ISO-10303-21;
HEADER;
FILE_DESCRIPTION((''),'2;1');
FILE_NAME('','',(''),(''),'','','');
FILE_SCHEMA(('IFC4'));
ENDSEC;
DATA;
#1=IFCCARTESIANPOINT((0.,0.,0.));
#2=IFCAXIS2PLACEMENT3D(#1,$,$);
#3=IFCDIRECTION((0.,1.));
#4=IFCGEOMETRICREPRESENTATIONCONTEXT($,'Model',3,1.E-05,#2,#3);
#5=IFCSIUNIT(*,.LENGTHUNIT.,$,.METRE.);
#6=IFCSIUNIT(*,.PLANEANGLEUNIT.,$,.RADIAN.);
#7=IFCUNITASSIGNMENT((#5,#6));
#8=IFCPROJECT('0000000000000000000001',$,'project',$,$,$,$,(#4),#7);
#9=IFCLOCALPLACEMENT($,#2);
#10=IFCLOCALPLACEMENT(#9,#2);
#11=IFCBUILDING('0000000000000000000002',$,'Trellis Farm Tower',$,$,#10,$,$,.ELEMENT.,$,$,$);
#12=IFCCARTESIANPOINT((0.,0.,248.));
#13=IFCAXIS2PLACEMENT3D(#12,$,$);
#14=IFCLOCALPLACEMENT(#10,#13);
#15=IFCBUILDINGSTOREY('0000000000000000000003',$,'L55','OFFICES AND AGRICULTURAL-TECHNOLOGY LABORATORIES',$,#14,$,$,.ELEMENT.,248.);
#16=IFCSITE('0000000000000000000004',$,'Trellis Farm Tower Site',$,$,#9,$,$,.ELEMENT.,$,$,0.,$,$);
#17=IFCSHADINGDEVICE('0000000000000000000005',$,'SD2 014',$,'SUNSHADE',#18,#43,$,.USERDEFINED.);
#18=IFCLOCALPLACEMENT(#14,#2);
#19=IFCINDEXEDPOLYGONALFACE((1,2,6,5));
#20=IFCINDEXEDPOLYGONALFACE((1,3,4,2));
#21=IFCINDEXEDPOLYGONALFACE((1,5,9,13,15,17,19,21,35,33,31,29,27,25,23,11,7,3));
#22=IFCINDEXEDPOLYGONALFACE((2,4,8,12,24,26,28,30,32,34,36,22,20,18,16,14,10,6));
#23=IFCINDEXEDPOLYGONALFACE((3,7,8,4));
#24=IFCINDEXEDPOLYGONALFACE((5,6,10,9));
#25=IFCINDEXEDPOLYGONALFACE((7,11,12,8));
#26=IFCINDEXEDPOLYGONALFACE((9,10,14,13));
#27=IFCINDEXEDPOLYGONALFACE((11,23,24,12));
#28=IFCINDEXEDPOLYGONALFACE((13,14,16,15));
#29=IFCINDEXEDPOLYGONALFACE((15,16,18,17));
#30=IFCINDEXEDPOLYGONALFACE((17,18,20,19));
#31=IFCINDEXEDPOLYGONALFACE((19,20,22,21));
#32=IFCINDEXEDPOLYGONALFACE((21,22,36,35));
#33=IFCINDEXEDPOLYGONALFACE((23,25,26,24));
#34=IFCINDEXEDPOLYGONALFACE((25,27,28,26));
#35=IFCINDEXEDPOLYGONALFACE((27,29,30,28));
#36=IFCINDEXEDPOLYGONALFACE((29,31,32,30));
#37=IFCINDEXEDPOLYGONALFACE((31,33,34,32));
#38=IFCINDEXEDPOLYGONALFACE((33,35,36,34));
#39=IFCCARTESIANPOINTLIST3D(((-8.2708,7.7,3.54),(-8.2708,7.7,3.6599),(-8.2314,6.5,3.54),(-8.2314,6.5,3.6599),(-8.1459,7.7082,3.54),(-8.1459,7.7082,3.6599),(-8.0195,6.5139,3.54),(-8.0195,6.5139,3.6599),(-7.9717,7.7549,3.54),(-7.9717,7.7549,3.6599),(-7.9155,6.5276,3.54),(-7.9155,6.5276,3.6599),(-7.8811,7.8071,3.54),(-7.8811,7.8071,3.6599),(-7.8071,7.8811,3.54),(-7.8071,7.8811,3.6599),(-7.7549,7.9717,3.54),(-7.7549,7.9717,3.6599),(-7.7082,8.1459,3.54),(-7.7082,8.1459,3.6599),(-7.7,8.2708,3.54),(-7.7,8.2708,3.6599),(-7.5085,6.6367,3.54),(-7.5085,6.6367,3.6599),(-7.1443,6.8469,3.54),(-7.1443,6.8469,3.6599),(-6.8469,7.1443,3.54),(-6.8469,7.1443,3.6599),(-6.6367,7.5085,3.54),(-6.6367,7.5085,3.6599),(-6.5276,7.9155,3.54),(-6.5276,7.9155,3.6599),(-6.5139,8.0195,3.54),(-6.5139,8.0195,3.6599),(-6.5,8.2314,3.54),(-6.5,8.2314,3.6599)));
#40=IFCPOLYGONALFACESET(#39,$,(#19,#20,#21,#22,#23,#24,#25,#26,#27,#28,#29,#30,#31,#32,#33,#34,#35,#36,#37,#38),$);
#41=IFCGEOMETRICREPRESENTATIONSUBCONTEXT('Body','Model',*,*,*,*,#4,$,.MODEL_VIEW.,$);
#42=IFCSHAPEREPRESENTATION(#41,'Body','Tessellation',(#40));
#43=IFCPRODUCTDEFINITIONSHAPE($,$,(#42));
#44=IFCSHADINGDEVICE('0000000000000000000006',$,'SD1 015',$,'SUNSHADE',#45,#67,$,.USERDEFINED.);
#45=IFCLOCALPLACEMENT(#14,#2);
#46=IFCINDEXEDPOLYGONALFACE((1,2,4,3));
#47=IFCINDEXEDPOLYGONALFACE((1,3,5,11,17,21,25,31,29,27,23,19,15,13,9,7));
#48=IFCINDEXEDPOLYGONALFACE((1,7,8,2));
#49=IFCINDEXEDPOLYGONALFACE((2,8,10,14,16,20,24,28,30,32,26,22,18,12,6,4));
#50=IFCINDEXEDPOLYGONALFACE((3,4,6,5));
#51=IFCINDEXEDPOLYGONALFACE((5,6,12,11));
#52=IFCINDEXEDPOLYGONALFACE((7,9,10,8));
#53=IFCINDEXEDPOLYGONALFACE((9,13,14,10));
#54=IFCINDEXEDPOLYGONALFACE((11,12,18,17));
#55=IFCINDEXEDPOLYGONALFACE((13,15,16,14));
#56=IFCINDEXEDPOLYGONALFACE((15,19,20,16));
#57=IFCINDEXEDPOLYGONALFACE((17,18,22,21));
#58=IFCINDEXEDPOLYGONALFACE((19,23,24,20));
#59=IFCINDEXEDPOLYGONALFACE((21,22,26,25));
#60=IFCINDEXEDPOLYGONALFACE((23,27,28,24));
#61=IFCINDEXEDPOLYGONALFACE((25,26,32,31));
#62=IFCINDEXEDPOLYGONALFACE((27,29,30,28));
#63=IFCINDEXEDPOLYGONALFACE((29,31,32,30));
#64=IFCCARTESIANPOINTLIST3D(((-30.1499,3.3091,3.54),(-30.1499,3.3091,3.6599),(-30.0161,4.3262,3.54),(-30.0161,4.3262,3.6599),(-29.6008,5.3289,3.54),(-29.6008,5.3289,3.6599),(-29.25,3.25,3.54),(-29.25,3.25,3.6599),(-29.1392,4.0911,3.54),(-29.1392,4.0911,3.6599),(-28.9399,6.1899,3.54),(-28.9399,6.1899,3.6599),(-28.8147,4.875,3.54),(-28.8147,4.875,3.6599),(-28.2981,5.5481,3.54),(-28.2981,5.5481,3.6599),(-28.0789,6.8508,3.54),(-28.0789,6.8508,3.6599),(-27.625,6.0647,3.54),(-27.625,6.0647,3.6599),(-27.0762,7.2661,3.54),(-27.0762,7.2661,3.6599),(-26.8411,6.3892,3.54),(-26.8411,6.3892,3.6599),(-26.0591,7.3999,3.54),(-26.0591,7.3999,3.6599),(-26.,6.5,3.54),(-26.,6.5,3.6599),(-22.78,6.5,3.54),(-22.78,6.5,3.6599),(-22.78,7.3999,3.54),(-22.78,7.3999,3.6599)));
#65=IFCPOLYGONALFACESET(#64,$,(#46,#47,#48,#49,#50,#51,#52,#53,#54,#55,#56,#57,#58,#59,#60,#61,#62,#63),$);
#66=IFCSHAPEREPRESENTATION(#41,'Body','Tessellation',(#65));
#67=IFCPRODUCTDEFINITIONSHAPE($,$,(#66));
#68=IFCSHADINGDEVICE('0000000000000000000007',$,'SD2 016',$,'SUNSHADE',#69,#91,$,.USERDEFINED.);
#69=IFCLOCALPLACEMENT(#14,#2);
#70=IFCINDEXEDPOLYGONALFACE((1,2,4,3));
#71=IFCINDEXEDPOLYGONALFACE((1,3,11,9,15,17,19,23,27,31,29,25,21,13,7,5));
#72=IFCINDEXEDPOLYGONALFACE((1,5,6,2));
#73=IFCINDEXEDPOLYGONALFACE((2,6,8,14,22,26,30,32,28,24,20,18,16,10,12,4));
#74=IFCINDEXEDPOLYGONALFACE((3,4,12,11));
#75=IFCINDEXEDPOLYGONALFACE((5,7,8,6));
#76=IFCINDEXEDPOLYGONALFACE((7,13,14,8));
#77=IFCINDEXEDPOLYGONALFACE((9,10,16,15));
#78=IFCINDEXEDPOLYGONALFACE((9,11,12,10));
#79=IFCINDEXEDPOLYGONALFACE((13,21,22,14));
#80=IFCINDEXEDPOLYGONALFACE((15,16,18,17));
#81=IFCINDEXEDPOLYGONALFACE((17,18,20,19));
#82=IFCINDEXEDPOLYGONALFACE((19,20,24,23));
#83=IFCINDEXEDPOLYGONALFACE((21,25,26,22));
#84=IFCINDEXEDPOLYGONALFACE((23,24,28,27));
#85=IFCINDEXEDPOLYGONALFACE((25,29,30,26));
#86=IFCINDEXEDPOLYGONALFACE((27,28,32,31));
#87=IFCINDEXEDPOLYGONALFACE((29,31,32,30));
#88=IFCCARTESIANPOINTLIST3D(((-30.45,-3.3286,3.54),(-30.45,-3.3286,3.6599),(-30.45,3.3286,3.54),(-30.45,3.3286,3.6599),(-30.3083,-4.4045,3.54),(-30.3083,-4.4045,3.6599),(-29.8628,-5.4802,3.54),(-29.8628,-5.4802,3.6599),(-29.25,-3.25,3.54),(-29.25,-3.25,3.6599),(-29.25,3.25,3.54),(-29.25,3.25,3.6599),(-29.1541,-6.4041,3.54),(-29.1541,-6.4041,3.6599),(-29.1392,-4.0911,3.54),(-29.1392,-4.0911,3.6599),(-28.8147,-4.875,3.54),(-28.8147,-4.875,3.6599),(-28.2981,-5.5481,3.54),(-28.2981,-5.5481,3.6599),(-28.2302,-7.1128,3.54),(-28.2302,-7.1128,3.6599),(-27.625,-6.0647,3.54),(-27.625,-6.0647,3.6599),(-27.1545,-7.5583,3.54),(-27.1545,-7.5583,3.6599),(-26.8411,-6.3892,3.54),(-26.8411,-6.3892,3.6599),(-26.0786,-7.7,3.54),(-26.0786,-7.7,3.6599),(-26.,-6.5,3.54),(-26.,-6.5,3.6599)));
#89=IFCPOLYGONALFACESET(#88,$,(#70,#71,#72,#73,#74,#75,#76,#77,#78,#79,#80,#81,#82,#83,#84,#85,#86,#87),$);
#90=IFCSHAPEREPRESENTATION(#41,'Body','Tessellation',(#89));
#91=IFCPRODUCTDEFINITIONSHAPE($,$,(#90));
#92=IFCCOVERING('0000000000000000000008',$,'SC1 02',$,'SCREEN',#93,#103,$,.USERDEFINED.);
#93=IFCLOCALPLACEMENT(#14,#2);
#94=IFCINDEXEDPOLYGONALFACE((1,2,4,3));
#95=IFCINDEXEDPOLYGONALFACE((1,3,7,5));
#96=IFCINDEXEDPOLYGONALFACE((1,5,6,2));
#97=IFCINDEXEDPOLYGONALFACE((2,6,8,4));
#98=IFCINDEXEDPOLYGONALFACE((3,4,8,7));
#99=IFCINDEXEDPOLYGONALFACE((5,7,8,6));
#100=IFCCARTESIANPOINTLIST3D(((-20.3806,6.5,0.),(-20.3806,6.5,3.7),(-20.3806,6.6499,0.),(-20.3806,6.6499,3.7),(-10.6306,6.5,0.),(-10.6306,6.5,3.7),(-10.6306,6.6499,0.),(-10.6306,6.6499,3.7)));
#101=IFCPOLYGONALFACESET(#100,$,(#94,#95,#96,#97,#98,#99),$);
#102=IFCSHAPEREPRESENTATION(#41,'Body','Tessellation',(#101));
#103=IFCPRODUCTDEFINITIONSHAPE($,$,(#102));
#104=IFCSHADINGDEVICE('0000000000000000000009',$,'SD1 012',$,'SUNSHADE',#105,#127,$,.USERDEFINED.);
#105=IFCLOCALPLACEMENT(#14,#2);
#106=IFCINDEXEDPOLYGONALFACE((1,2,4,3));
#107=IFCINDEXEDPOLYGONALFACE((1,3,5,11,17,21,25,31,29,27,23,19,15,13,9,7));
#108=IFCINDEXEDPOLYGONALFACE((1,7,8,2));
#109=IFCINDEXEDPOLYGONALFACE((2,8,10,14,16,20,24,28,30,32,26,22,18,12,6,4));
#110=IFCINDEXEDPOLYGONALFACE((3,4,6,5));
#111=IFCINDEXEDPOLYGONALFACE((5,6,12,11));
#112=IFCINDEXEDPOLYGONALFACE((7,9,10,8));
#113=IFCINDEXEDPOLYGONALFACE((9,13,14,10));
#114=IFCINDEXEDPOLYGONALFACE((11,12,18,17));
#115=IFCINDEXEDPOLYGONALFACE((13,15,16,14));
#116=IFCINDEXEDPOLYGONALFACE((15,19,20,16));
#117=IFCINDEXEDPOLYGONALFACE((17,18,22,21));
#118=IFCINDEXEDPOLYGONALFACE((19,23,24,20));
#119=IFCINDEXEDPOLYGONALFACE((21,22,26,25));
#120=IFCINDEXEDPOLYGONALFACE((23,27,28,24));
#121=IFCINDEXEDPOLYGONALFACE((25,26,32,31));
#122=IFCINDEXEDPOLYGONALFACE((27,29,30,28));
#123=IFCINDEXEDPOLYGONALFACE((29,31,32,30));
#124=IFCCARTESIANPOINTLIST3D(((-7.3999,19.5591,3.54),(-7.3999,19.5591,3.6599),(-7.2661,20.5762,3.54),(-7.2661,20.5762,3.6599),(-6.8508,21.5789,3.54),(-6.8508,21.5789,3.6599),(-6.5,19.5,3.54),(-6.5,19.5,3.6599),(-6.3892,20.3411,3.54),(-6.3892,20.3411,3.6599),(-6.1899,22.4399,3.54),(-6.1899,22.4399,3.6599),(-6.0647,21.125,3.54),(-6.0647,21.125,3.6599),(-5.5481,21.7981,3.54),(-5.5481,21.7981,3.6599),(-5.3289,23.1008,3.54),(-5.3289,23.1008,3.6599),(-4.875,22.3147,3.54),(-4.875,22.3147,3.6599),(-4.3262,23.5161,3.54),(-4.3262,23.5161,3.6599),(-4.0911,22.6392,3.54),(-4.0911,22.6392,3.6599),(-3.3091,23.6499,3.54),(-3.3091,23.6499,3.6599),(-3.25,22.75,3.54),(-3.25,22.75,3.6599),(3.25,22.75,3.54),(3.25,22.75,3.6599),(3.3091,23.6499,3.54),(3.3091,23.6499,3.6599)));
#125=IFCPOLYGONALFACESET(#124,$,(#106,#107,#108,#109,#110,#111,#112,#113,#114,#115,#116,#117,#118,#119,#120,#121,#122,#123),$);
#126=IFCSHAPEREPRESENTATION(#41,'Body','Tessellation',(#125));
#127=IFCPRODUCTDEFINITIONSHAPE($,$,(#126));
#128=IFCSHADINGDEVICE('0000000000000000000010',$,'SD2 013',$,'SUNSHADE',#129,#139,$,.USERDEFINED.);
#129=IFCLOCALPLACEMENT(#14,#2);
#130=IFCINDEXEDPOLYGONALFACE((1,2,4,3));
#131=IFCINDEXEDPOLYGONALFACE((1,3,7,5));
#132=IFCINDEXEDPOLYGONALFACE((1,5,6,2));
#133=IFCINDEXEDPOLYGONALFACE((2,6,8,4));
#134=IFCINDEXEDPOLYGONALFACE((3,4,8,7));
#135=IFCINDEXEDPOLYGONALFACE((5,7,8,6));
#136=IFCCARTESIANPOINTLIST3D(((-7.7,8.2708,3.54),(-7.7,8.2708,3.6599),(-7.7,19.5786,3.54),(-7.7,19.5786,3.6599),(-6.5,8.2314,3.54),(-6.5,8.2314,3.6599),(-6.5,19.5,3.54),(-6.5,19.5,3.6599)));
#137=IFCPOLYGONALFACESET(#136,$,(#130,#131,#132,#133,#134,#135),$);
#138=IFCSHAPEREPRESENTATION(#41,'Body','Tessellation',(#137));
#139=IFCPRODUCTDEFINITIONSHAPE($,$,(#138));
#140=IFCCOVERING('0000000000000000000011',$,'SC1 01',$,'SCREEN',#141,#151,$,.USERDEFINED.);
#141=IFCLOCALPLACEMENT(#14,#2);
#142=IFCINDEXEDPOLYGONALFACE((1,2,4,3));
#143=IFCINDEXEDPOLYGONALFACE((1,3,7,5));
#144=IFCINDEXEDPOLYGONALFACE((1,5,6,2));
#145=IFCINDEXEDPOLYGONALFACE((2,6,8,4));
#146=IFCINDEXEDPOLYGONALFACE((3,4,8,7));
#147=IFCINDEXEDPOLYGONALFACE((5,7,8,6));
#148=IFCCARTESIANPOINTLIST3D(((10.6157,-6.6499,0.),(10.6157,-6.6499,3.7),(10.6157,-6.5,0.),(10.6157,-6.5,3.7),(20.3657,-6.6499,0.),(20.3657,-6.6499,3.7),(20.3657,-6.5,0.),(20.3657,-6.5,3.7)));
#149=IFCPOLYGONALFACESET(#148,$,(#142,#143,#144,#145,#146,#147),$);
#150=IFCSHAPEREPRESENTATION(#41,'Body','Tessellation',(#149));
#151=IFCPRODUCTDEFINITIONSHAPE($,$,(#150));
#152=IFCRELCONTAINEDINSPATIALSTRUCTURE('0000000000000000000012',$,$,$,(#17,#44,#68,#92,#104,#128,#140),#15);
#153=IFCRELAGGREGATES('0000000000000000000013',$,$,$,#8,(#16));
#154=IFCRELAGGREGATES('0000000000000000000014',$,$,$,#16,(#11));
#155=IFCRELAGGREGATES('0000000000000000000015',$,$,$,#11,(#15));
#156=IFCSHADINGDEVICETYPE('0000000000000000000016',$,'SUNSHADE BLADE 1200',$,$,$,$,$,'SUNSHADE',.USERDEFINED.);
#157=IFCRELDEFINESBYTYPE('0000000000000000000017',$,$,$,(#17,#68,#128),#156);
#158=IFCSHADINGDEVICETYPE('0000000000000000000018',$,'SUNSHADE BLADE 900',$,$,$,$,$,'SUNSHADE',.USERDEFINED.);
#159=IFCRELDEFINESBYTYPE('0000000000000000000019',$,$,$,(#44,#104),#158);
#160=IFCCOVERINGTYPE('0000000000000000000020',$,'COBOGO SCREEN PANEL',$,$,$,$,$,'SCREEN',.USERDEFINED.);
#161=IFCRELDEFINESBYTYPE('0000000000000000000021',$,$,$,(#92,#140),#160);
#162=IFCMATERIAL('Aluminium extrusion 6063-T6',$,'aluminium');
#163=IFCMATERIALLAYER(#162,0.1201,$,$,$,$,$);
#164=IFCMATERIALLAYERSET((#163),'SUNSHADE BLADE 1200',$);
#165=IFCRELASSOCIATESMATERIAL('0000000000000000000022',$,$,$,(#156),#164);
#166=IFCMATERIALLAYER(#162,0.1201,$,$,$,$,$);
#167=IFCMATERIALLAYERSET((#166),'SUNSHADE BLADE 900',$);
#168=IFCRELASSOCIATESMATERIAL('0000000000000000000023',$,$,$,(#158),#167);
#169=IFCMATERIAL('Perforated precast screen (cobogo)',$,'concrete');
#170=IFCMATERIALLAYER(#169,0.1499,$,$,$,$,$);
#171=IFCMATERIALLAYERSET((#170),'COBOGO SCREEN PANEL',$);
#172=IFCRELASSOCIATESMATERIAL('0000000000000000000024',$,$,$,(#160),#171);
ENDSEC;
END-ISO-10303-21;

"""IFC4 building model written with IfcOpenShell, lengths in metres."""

from ifc_helpers import new_model, si_unit, direction, frame, origin, place, context, subcontext, project, spatial, polyline, outline, extrude, source, transform, mapped, material, layer, layer_set, type_object, element, save


model = new_model("IFC4")

# Units and contexts
model_context = context("Model", 3, precision=1e-05, world=origin(), true_north=direction((0.0, 1.0)))
body_context = subcontext(model_context, "Body", "Model", "MODEL_VIEW")
ifc_project = project(units=[si_unit("LENGTHUNIT", "METRE"), si_unit("PLANEANGLEUNIT", "RADIAN")], contexts=[model_context])

# Site, building, storey
site_placement = place(None, origin())
site = spatial("IfcSite", under=ifc_project, at=site_placement, Name="Trellis Farm Tower Site", CompositionType="ELEMENT", RefElevation=0.0)
building_placement = place(site_placement, origin())
building = spatial("IfcBuilding", under=site, at=building_placement, Name="Trellis Farm Tower", CompositionType="ELEMENT")
storey_placement = place(building_placement, frame((0.0, 0.0, 248.0)))
storey = spatial("IfcBuildingStorey", under=building, at=storey_placement, Name="L55", Description="OFFICES AND AGRICULTURAL-TECHNOLOGY LABORATORIES", CompositionType="ELEMENT", Elevation=248.0)

# Shared definitions
placement_1 = place(storey_placement, origin())
ifc_material_1 = material(Name="Aluminium extrusion 6063-T6", Category="aluminium")

# Shading devices
ifc_layer_1 = layer(ifc_material_1, 0.1201)
ifc_layer_set_1 = layer_set([ifc_layer_1], Name="SUNSHADE BLADE 1200")
shading_device_type_1 = type_object("IfcShadingDeviceType", Name="SUNSHADE BLADE 1200", ElementType="SUNSHADE", PredefinedType="USERDEFINED", material=ifc_layer_set_1)
shared_shape_1 = source(origin(), body_context, "Body", "SweptSolid", [
    extrude(outline(polyline([(-7.7, 8.2708), (-7.7087, 8.1372), (-7.707, 8.1501), (-7.7549, 7.9717), (-7.8071, 7.8811), (-7.8811, 7.8071), (-7.9717, 7.7549), (-8.1501, 7.707), (-8.1372, 7.7087), (-8.2708, 7.7), (-8.2314, 6.5), (-8.0195, 6.5139), (-7.9155, 6.5276), (-7.5085, 6.6367), (-7.1443, 6.8469), (-6.8469, 7.1443), (-6.6367, 7.5085), (-6.5276, 7.9155), (-6.5139, 8.0195), (-6.5, 8.2314), (-7.7, 8.2708)])), origin(), (0.0, 0.0, 1.0), 0.1199),
])
placement_2 = place(storey_placement, frame((0.0, 0.0, 3.54)))
element("IfcShadingDevice", 1, at=placement_2, inside=storey, type_object=shading_device_type_1, Name="SD2 014", ObjectType="SUNSHADE", PredefinedType="USERDEFINED", context=body_context, shape_type="MappedRepresentation", body=[
    mapped(shared_shape_1, transform((0.0, 0.0, 0.0))),
])
ifc_layer_2 = layer(ifc_material_1, 0.1201)
ifc_layer_set_2 = layer_set([ifc_layer_2], Name="SUNSHADE BLADE 900")
shading_device_type_2 = type_object("IfcShadingDeviceType", Name="SUNSHADE BLADE 900", ElementType="SUNSHADE", PredefinedType="USERDEFINED", material=ifc_layer_set_2)
shared_shape_2 = source(origin(), body_context, "Body", "SweptSolid", [
    extrude(outline(polyline([(-22.78, 7.3999), (-26.0591, 7.3999), (-27.0762, 7.2661), (-28.0789, 6.8508), (-28.9399, 6.1899), (-29.6008, 5.3289), (-30.0161, 4.3262), (-30.1499, 3.3091), (-29.25, 3.25), (-29.1392, 4.0911), (-28.8147, 4.875), (-28.2981, 5.5481), (-27.625, 6.0647), (-26.8411, 6.3892), (-26.0, 6.5), (-22.78, 6.5), (-22.78, 7.3999)])), origin(), (0.0, 0.0, 1.0), 0.1199),
])
element("IfcShadingDevice", 2, at=placement_2, inside=storey, type_object=shading_device_type_2, Name="SD1 015", ObjectType="SUNSHADE", PredefinedType="USERDEFINED", context=body_context, shape_type="MappedRepresentation", body=[
    mapped(shared_shape_2, transform((0.0, 0.0, 0.0))),
])
shared_shape_3 = source(origin(), body_context, "Body", "SweptSolid", [
    extrude(outline(polyline([(-30.45, 3.3286), (-30.45, -3.3286), (-30.3083, -4.4045), (-29.8628, -5.4802), (-29.1541, -6.4041), (-28.2302, -7.1128), (-27.1545, -7.5583), (-26.0786, -7.7), (-26.0, -6.5), (-26.8411, -6.3892), (-27.625, -6.0647), (-28.2981, -5.5481), (-28.8147, -4.875), (-29.1392, -4.0911), (-29.25, -3.25), (-29.25, 3.25), (-30.45, 3.3286)])), origin(), (0.0, 0.0, 1.0), 0.1199),
])
element("IfcShadingDevice", 3, at=placement_2, inside=storey, type_object=shading_device_type_1, Name="SD2 016", ObjectType="SUNSHADE", PredefinedType="USERDEFINED", context=body_context, shape_type="MappedRepresentation", body=[
    mapped(shared_shape_3, transform((0.0, 0.0, 0.0))),
])

# Covering
ifc_material_2 = material(Name="Perforated precast screen (cobogo)", Category="concrete")
ifc_layer_3 = layer(ifc_material_2, 0.1499)
ifc_layer_set_3 = layer_set([ifc_layer_3], Name="COBOGO SCREEN PANEL")
covering_type = type_object("IfcCoveringType", Name="COBOGO SCREEN PANEL", ElementType="SCREEN", PredefinedType="USERDEFINED", material=ifc_layer_set_3)
shared_shape_4 = source(origin(), body_context, "Body", "SweptSolid", [
    extrude(outline(polyline([(-10.6306, 6.6499), (-20.3806, 6.6499), (-20.3806, 6.5), (-10.6306, 6.5), (-10.6306, 6.6499)])), origin(), (0.0, 0.0, 1.0), 3.7),
])
element("IfcCovering", 4, at=placement_1, inside=storey, type_object=covering_type, Name="SC1 02", ObjectType="SCREEN", PredefinedType="USERDEFINED", context=body_context, shape_type="MappedRepresentation", body=[
    mapped(shared_shape_4, transform((0.0, 0.0, 0.0))),
])

# Shading devices
shared_shape_5 = source(origin(), body_context, "Body", "SweptSolid", [
    extrude(outline(polyline([(3.3091, 23.6499), (-3.3091, 23.6499), (-4.3262, 23.5161), (-5.3289, 23.1008), (-6.1899, 22.4399), (-6.8508, 21.5789), (-7.2661, 20.5762), (-7.3999, 19.5591), (-6.5, 19.5), (-6.3892, 20.3411), (-6.0647, 21.125), (-5.5481, 21.7981), (-4.875, 22.3147), (-4.0911, 22.6392), (-3.25, 22.75), (3.25, 22.75), (3.3091, 23.6499)])), origin(), (0.0, 0.0, 1.0), 0.1199),
])
element("IfcShadingDevice", 5, at=placement_2, inside=storey, type_object=shading_device_type_2, Name="SD1 012", ObjectType="SUNSHADE", PredefinedType="USERDEFINED", context=body_context, shape_type="MappedRepresentation", body=[
    mapped(shared_shape_5, transform((0.0, 0.0, 0.0))),
])
shared_shape_6 = source(origin(), body_context, "Body", "SweptSolid", [
    extrude(outline(polyline([(-7.7, 19.5786), (-7.7, 8.2708), (-6.5, 8.2314), (-6.5, 19.5), (-7.7, 19.5786)])), origin(), (0.0, 0.0, 1.0), 0.1199),
])
element("IfcShadingDevice", 6, at=placement_2, inside=storey, type_object=shading_device_type_1, Name="SD2 013", ObjectType="SUNSHADE", PredefinedType="USERDEFINED", context=body_context, shape_type="MappedRepresentation", body=[
    mapped(shared_shape_6, transform((0.0, 0.0, 0.0))),
])

# Covering
shared_shape_7 = source(origin(), body_context, "Body", "SweptSolid", [
    extrude(outline(polyline([(10.6157, -6.6499), (20.3657, -6.6499), (20.3657, -6.5), (10.6157, -6.5), (10.6157, -6.6499)])), origin(), (0.0, 0.0, 1.0), 3.7),
])
element("IfcCovering", 7, at=placement_1, inside=storey, type_object=covering_type, Name="SC1 01", ObjectType="SCREEN", PredefinedType="USERDEFINED", context=body_context, shape_type="MappedRepresentation", body=[
    mapped(shared_shape_7, transform((0.0, 0.0, 0.0))),
])

save(model, "model.ifc")
